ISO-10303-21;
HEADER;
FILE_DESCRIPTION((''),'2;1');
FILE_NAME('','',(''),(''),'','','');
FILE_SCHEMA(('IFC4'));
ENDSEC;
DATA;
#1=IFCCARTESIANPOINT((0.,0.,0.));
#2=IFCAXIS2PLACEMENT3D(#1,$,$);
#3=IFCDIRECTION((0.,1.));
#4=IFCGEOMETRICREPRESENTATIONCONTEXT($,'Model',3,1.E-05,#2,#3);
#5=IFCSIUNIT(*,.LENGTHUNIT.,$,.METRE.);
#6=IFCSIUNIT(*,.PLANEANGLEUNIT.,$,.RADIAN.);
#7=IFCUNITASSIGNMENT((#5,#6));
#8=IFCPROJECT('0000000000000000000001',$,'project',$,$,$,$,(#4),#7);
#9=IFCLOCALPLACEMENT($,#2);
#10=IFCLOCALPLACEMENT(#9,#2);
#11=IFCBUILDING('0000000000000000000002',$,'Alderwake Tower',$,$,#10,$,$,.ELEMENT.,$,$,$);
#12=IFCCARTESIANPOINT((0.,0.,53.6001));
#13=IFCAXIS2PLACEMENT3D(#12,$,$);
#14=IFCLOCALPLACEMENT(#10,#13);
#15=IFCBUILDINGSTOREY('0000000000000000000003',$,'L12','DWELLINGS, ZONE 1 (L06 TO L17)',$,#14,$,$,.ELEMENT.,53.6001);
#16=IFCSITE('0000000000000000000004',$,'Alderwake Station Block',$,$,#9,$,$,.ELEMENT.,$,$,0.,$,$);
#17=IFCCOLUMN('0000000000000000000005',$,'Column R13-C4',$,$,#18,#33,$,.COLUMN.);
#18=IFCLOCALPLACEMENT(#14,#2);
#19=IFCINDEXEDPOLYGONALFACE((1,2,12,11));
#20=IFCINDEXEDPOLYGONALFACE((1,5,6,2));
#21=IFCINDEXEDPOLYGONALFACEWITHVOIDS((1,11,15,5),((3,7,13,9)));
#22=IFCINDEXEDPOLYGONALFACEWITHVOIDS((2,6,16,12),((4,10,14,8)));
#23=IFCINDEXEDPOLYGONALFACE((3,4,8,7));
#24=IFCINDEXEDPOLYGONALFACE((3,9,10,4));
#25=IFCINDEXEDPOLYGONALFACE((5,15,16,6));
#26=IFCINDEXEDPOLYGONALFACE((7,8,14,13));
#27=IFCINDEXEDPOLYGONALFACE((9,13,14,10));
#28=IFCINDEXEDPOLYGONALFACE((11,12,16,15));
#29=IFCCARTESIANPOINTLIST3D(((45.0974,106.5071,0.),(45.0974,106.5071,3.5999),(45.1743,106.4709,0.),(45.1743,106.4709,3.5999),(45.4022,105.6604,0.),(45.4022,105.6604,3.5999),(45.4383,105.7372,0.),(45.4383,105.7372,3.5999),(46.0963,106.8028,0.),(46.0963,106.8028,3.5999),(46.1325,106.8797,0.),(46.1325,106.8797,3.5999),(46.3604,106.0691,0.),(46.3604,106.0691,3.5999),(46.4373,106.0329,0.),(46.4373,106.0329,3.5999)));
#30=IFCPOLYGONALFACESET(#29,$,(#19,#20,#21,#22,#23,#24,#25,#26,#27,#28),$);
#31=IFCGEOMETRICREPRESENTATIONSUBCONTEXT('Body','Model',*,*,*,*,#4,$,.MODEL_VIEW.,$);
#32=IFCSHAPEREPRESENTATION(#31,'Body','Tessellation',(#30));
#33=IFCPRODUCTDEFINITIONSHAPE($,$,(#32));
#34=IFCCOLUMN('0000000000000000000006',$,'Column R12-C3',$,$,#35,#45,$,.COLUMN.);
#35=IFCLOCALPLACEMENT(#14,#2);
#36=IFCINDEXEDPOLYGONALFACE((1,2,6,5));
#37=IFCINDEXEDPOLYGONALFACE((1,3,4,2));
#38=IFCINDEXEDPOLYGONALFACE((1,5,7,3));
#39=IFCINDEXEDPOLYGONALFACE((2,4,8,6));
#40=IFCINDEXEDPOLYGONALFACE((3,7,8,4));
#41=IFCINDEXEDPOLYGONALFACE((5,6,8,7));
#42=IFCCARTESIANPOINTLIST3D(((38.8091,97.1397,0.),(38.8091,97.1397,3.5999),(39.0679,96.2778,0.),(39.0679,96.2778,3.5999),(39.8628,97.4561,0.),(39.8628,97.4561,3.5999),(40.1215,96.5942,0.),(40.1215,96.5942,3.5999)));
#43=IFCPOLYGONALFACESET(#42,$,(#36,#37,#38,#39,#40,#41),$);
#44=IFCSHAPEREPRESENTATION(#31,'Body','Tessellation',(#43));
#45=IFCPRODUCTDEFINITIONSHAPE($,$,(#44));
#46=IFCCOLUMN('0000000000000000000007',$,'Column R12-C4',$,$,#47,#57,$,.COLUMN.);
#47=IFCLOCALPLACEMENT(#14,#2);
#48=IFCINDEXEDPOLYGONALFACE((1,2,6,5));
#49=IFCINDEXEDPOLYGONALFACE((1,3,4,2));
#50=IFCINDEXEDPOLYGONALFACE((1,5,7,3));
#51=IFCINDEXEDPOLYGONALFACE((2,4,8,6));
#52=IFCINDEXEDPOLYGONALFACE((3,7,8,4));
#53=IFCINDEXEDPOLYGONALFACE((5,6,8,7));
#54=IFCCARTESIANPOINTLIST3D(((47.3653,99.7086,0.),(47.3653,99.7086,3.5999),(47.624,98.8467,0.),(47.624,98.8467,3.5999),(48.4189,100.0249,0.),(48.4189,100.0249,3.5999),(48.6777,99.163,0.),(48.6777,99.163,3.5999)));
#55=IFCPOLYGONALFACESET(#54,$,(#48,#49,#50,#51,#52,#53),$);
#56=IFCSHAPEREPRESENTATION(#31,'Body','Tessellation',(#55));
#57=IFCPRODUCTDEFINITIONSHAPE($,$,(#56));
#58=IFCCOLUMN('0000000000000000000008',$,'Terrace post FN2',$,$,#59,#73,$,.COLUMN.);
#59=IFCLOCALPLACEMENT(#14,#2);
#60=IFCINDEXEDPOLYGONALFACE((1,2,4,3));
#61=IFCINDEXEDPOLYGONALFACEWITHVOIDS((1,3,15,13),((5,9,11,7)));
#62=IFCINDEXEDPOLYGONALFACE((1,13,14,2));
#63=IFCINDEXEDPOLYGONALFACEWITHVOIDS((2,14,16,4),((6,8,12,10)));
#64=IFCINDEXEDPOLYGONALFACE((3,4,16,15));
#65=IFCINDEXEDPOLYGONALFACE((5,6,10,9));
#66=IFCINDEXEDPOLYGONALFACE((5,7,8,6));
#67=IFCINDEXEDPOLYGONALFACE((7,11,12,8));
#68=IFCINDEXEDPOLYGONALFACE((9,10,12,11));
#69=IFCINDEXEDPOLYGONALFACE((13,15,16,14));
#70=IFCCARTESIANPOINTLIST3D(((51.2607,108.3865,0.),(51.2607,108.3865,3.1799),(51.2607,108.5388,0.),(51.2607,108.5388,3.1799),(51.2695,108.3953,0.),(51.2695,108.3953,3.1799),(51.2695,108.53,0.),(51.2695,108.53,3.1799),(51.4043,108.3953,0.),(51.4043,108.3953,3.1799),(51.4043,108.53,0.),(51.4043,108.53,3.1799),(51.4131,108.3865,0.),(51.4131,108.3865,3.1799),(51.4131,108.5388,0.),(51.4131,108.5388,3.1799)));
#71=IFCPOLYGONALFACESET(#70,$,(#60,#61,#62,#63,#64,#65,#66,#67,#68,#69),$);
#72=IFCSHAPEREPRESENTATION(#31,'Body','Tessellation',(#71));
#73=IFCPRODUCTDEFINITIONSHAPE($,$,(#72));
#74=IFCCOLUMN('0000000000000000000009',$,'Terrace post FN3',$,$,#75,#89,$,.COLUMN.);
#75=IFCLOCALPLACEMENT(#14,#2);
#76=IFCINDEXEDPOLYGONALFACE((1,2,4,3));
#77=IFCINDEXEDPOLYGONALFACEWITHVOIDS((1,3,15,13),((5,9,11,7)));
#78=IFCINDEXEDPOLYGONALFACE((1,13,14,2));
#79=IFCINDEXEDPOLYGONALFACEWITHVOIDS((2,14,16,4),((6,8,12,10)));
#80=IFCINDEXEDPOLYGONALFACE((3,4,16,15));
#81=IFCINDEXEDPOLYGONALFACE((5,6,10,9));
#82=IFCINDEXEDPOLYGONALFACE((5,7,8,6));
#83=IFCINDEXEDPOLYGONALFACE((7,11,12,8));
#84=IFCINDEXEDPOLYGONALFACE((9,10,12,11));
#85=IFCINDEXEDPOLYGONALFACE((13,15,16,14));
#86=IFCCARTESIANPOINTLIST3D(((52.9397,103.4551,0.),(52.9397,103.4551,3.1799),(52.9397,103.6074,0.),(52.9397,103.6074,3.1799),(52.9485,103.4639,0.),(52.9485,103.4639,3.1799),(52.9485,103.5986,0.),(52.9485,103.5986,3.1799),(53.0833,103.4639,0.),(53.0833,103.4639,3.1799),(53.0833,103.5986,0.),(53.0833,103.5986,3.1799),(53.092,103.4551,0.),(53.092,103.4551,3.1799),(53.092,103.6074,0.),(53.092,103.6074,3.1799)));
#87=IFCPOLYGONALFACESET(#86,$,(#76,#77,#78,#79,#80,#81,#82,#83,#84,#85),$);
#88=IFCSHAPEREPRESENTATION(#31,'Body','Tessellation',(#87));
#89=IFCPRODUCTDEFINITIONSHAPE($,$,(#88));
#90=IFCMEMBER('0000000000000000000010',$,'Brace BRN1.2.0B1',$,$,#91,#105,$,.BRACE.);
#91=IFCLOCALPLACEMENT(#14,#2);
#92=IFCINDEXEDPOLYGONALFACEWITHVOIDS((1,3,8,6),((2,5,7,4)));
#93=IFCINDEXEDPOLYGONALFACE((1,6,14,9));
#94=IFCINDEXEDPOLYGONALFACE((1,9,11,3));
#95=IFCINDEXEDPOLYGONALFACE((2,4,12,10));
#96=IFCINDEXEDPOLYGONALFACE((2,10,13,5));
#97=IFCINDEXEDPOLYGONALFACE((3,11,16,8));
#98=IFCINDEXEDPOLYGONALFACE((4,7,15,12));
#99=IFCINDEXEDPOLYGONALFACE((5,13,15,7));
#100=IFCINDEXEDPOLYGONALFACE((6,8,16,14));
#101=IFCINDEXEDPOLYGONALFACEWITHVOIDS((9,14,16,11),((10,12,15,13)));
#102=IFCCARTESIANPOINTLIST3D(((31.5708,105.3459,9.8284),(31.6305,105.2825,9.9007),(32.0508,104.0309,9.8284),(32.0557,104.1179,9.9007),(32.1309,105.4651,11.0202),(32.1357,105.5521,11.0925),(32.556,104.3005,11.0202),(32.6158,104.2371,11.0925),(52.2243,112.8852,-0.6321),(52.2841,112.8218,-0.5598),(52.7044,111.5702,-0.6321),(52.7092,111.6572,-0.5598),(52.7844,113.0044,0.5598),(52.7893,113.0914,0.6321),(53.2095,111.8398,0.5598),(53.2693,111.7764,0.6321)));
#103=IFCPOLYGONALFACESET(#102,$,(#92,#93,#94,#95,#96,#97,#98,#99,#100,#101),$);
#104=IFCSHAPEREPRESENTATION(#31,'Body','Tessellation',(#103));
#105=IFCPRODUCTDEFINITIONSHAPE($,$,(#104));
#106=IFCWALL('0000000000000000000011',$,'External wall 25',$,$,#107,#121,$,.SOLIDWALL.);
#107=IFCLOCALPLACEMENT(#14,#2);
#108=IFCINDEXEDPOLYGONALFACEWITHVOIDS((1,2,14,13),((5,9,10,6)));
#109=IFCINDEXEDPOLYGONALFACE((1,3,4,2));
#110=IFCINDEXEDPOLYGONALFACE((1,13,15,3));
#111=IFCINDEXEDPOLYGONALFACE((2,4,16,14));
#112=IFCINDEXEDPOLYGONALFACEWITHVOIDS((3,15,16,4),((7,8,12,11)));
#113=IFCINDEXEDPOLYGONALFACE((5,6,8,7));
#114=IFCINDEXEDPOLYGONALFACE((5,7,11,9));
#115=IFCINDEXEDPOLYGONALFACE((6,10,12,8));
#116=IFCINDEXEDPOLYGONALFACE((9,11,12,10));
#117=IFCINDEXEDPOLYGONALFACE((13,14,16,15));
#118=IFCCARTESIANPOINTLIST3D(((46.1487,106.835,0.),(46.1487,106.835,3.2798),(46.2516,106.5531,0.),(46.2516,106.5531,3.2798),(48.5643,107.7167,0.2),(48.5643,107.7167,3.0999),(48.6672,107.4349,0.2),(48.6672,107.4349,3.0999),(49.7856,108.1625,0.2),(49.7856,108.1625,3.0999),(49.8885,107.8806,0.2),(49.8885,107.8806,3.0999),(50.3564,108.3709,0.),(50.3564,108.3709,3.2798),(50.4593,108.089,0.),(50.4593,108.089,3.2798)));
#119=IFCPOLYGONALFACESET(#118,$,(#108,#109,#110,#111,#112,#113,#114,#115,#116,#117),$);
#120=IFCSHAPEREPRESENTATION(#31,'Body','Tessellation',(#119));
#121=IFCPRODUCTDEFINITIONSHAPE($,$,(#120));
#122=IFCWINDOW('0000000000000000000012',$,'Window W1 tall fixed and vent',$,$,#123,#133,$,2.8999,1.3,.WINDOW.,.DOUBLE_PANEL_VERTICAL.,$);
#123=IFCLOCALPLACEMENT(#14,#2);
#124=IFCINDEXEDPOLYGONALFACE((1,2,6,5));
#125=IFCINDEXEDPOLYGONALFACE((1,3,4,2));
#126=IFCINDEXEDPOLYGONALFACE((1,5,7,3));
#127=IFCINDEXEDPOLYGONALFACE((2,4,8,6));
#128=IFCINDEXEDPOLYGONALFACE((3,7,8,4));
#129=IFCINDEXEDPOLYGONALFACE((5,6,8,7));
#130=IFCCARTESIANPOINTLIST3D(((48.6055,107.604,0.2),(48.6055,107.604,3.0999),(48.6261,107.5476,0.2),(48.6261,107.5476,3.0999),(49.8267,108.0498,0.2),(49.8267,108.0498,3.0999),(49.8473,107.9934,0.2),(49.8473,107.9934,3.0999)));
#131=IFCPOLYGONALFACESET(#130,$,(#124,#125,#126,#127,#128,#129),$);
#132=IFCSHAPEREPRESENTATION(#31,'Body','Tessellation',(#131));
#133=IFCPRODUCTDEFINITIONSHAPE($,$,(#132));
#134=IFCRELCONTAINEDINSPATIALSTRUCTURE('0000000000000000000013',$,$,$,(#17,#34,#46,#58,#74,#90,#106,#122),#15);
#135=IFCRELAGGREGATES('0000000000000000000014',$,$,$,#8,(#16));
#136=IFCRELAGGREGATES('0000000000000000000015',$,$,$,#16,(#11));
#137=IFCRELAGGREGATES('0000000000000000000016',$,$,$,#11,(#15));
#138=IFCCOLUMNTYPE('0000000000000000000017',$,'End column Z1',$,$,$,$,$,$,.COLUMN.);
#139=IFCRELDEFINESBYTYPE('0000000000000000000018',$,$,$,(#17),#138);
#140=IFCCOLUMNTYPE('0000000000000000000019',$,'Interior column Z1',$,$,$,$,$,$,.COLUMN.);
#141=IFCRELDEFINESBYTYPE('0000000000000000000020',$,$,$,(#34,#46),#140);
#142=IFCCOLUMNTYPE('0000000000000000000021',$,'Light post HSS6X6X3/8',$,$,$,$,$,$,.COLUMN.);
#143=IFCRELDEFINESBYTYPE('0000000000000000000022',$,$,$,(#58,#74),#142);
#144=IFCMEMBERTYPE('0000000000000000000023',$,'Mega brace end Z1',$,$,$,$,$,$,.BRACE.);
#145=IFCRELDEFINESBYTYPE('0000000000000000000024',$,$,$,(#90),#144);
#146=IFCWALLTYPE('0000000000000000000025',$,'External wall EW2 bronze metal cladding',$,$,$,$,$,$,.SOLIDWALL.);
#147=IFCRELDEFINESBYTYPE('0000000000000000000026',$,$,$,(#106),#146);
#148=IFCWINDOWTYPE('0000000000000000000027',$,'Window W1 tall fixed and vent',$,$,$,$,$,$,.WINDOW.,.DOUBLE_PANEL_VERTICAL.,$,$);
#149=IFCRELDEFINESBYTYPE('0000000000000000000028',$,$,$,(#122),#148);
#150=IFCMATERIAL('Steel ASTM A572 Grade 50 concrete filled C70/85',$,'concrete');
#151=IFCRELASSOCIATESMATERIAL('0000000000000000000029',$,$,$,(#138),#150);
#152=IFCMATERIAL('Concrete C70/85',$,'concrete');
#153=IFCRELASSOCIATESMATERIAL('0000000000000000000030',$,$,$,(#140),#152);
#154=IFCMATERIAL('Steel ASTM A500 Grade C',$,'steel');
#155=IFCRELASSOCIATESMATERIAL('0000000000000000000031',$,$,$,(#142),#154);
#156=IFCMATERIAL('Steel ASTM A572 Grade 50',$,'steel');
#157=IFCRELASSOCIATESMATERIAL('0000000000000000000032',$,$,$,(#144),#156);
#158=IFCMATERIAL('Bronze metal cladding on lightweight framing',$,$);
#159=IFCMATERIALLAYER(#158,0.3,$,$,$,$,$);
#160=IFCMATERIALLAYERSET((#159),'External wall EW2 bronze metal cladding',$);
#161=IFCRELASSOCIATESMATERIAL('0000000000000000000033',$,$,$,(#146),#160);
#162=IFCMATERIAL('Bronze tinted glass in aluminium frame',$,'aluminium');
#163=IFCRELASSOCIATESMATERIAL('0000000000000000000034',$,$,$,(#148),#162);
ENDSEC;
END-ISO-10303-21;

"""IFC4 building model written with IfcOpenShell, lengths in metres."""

from ifc_helpers import new_model, si_unit, direction, frame, frame_2d, origin, origin_2d, place, context, subcontext, project, spatial, rectangle, hollow_rectangle, extrude, material, layer, layer_set, material_profile, profile_set, type_object, element, fill, save


model = new_model("IFC4")

# Units and contexts
model_context = context("Model", 3, precision=1e-05, world=origin(), true_north=direction((0.0, 1.0)))
body_context = subcontext(model_context, "Body", "Model", "MODEL_VIEW")
ifc_project = project(units=[si_unit("LENGTHUNIT", "METRE"), si_unit("PLANEANGLEUNIT", "RADIAN")], contexts=[model_context])

# Site, building, storey
site_placement = place(None, origin())
site = spatial("IfcSite", under=ifc_project, at=site_placement, Name="Alderwake Station Block", CompositionType="ELEMENT", RefElevation=0.0)
building_placement = place(site_placement, origin())
building = spatial("IfcBuilding", under=site, at=building_placement, Name="Alderwake Tower", CompositionType="ELEMENT")
storey_placement = place(building_placement, frame((0.0, 0.0, 53.6001)))
storey = spatial("IfcBuildingStorey", under=building, at=storey_placement, Name="L12", Description="DWELLINGS, ZONE 1 (L06 TO L17)", CompositionType="ELEMENT", Elevation=53.6001)

# Columns
ifc_material_1 = material(Name="Steel ASTM A572 Grade 50 concrete filled C70/85", Category="concrete")
ifc_material_profile_1 = material_profile(ifc_material_1, hollow_rectangle(XDim=0.8999, YDim=1.1001, WallThickness=0.0601, at=origin_2d()), Name="BOX 1100X900X60")
ifc_profile_set_1 = profile_set([ifc_material_profile_1], Name="Steel ASTM A572 Grade 50 concrete filled C70/85")
column_type_1 = type_object("IfcColumnType", Name="End column Z1", PredefinedType="COLUMN", material=ifc_profile_set_1)
column_placement = place(storey_placement, frame((45.7673, 106.27, 0.0), z_axis=(0.0, 0.0, 1.0), x_axis=(-0.338677, 0.940903, 0.0)))
element("IfcColumn", 1, at=column_placement, inside=storey, type_object=column_type_1, Name="Column R13-C4", PredefinedType="COLUMN", context=body_context, shape_type="SweptSolid", body=[
    extrude(hollow_rectangle(XDim=0.8999, YDim=1.1001, WallThickness=0.0601, at=origin_2d()), origin(), (0.0, 0.0, 1.0), 3.5999),
])
ifc_material_2 = material(Name="Concrete C70/85", Category="concrete")
ifc_material_profile_2 = material_profile(ifc_material_2, rectangle(XDim=0.8999, YDim=1.1001, at=origin_2d()), Name="RC 1100X900")
ifc_profile_set_2 = profile_set([ifc_material_profile_2], Name="Concrete C70/85")
column_type_2 = type_object("IfcColumnType", Name="Interior column Z1", PredefinedType="COLUMN", material=ifc_profile_set_2)
for number, where, z_axis, x_axis, name in (
    (2, (39.4653, 96.8669, 0.0), (0.0, 0.0, 1.0), (-0.287549, 0.957766, 0.0), "Column R12-C3"),
    (3, (48.0215, 99.4358, 0.0), (0.0, 0.0, 1.0), (-0.287549, 0.957766, 0.0), "Column R12-C4"),
):
    element("IfcColumn", number, at=place(storey_placement, frame(where, z_axis=z_axis, x_axis=x_axis)), inside=storey, type_object=column_type_2, Name=name, PredefinedType="COLUMN", context=body_context, shape_type="SweptSolid", body=[
        extrude(rectangle(XDim=0.8999, YDim=1.1001, at=origin_2d()), origin(), (0.0, 0.0, 1.0), 3.5999),
    ])
ifc_material_3 = material(Name="Steel ASTM A500 Grade C", Category="steel")
ifc_material_profile_3 = material_profile(ifc_material_3, hollow_rectangle(XDim=0.1523, YDim=0.1523, WallThickness=0.0088, at=origin_2d()), Name="HSS6X6X3/8")
ifc_profile_set_3 = profile_set([ifc_material_profile_3], Name="Steel ASTM A500 Grade C")
column_type_3 = type_object("IfcColumnType", Name="Light post HSS6X6X3/8", PredefinedType="COLUMN", material=ifc_profile_set_3)
for number, where, z_axis, x_axis, name in (
    (4, (51.3369, 108.4626, 0.0), (0.0, 0.0, 1.0), (1.0, 0.0, 0.0), "Terrace post FN2"),
    (5, (53.0159, 103.5312, 0.0), (0.0, 0.0, 1.0), (1.0, 0.0, 0.0), "Terrace post FN3"),
):
    element("IfcColumn", number, at=place(storey_placement, frame(where, z_axis=z_axis, x_axis=x_axis)), inside=storey, type_object=column_type_3, Name=name, PredefinedType="COLUMN", context=body_context, shape_type="SweptSolid", body=[
        extrude(hollow_rectangle(XDim=0.1523, YDim=0.1523, WallThickness=0.0088, at=origin_2d()), origin(), (0.0, 0.0, 1.0), 3.1799),
    ])

# Member
ifc_material_4 = material(Name="Steel ASTM A572 Grade 50", Category="steel")
ifc_material_profile_4 = material_profile(ifc_material_4, hollow_rectangle(XDim=1.3999, YDim=1.3999, WallThickness=0.0801, at=origin_2d()), Name="BOX 1400X1400X80")
ifc_profile_set_4 = profile_set([ifc_material_profile_4], Name="Steel ASTM A572 Grade 50")
member_type = type_object("IfcMemberType", Name="Mega brace end Z1", PredefinedType="BRACE", material=ifc_profile_set_4)
member_placement = place(storey_placement, frame((52.7468, 112.3308, 0.0), z_axis=(-0.84826, -0.309646, 0.42962), x_axis=(0.342905, -0.93937, 0.0)))
element("IfcMember", 6, at=member_placement, inside=storey, type_object=member_type, Name="Brace BRN1.2.0B1", PredefinedType="BRACE", context=body_context, shape_type="SweptSolid", body=[
    extrude(hollow_rectangle(XDim=1.3999, YDim=1.3999, WallThickness=0.0801, at=origin_2d()), origin(), (0.0, 0.0, 1.0), 24.3481),
])

# Shared definitions
ifc_material_5 = material(Name="Bronze metal cladding on lightweight framing")
ifc_layer_1 = layer(ifc_material_5, 0.3)
ifc_layer_set_1 = layer_set([ifc_layer_1], Name="External wall EW2 bronze metal cladding")
wall_type_1 = type_object("IfcWallType", Name="External wall EW2 bronze metal cladding", PredefinedType="SOLIDWALL", material=ifc_layer_set_1)
ifc_material_6 = material(Name="Bronze tinted glass in aluminium frame", Category="aluminium")
window_type = type_object("IfcWindowType", Name="Window W1 tall fixed and vent", PartitioningType="DOUBLE_PANEL_VERTICAL", PredefinedType="WINDOW", material=ifc_material_6)

# Wall, opening, window
wall_1_placement = place(storey_placement, frame((50.408, 108.23, 0.0), z_axis=(0.0, 0.0, 1.0), x_axis=(-0.939377, -0.342885, 0.0)))
wall_1 = element("IfcWall", 7, at=wall_1_placement, inside=storey, type_object=wall_type_1, Name="External wall 25", PredefinedType="SOLIDWALL", context=body_context, shape_type="SweptSolid", body=[
    extrude(rectangle(XDim=4.4792, YDim=0.3, at=frame_2d((2.2397, 0.0))), origin(), (0.0, 0.0, 1.0), 3.2798),
])
opening_1_placement = place(wall_1_placement, frame((0.6079, 0.0, 0.2)))
opening_1 = element("IfcOpeningElement", 8, at=opening_1_placement, cuts=wall_1, PredefinedType="OPENING", context=body_context, shape_type="SweptSolid", body=[
    extrude(rectangle(XDim=1.3, YDim=2.8999, at=frame_2d((0.6499, 1.45))), frame((0.0, 0.1599, 0.0), z_axis=(0.0, -1.0, 0.0), x_axis=(1.0, 0.0, 0.0)), (0.0, 0.0, 1.0), 0.3201),
])
window_1_placement = place(opening_1_placement, origin())
window_1 = element("IfcWindow", 9, at=window_1_placement, inside=storey, type_object=window_type, Name="Window W1 tall fixed and vent", OverallHeight=2.8999, OverallWidth=1.3, PartitioningType="DOUBLE_PANEL_VERTICAL", PredefinedType="WINDOW", context=body_context, shape_type="SweptSolid", body=[
    extrude(rectangle(XDim=1.3, YDim=2.8999, at=frame_2d((0.6499, 1.45))), frame((0.0, 0.03, 0.0), z_axis=(0.0, -1.0, 0.0), x_axis=(1.0, 0.0, 0.0)), (0.0, 0.0, 1.0), 0.0601),
])
fill(opening_1, window_1)

save(model, "model.ifc")
